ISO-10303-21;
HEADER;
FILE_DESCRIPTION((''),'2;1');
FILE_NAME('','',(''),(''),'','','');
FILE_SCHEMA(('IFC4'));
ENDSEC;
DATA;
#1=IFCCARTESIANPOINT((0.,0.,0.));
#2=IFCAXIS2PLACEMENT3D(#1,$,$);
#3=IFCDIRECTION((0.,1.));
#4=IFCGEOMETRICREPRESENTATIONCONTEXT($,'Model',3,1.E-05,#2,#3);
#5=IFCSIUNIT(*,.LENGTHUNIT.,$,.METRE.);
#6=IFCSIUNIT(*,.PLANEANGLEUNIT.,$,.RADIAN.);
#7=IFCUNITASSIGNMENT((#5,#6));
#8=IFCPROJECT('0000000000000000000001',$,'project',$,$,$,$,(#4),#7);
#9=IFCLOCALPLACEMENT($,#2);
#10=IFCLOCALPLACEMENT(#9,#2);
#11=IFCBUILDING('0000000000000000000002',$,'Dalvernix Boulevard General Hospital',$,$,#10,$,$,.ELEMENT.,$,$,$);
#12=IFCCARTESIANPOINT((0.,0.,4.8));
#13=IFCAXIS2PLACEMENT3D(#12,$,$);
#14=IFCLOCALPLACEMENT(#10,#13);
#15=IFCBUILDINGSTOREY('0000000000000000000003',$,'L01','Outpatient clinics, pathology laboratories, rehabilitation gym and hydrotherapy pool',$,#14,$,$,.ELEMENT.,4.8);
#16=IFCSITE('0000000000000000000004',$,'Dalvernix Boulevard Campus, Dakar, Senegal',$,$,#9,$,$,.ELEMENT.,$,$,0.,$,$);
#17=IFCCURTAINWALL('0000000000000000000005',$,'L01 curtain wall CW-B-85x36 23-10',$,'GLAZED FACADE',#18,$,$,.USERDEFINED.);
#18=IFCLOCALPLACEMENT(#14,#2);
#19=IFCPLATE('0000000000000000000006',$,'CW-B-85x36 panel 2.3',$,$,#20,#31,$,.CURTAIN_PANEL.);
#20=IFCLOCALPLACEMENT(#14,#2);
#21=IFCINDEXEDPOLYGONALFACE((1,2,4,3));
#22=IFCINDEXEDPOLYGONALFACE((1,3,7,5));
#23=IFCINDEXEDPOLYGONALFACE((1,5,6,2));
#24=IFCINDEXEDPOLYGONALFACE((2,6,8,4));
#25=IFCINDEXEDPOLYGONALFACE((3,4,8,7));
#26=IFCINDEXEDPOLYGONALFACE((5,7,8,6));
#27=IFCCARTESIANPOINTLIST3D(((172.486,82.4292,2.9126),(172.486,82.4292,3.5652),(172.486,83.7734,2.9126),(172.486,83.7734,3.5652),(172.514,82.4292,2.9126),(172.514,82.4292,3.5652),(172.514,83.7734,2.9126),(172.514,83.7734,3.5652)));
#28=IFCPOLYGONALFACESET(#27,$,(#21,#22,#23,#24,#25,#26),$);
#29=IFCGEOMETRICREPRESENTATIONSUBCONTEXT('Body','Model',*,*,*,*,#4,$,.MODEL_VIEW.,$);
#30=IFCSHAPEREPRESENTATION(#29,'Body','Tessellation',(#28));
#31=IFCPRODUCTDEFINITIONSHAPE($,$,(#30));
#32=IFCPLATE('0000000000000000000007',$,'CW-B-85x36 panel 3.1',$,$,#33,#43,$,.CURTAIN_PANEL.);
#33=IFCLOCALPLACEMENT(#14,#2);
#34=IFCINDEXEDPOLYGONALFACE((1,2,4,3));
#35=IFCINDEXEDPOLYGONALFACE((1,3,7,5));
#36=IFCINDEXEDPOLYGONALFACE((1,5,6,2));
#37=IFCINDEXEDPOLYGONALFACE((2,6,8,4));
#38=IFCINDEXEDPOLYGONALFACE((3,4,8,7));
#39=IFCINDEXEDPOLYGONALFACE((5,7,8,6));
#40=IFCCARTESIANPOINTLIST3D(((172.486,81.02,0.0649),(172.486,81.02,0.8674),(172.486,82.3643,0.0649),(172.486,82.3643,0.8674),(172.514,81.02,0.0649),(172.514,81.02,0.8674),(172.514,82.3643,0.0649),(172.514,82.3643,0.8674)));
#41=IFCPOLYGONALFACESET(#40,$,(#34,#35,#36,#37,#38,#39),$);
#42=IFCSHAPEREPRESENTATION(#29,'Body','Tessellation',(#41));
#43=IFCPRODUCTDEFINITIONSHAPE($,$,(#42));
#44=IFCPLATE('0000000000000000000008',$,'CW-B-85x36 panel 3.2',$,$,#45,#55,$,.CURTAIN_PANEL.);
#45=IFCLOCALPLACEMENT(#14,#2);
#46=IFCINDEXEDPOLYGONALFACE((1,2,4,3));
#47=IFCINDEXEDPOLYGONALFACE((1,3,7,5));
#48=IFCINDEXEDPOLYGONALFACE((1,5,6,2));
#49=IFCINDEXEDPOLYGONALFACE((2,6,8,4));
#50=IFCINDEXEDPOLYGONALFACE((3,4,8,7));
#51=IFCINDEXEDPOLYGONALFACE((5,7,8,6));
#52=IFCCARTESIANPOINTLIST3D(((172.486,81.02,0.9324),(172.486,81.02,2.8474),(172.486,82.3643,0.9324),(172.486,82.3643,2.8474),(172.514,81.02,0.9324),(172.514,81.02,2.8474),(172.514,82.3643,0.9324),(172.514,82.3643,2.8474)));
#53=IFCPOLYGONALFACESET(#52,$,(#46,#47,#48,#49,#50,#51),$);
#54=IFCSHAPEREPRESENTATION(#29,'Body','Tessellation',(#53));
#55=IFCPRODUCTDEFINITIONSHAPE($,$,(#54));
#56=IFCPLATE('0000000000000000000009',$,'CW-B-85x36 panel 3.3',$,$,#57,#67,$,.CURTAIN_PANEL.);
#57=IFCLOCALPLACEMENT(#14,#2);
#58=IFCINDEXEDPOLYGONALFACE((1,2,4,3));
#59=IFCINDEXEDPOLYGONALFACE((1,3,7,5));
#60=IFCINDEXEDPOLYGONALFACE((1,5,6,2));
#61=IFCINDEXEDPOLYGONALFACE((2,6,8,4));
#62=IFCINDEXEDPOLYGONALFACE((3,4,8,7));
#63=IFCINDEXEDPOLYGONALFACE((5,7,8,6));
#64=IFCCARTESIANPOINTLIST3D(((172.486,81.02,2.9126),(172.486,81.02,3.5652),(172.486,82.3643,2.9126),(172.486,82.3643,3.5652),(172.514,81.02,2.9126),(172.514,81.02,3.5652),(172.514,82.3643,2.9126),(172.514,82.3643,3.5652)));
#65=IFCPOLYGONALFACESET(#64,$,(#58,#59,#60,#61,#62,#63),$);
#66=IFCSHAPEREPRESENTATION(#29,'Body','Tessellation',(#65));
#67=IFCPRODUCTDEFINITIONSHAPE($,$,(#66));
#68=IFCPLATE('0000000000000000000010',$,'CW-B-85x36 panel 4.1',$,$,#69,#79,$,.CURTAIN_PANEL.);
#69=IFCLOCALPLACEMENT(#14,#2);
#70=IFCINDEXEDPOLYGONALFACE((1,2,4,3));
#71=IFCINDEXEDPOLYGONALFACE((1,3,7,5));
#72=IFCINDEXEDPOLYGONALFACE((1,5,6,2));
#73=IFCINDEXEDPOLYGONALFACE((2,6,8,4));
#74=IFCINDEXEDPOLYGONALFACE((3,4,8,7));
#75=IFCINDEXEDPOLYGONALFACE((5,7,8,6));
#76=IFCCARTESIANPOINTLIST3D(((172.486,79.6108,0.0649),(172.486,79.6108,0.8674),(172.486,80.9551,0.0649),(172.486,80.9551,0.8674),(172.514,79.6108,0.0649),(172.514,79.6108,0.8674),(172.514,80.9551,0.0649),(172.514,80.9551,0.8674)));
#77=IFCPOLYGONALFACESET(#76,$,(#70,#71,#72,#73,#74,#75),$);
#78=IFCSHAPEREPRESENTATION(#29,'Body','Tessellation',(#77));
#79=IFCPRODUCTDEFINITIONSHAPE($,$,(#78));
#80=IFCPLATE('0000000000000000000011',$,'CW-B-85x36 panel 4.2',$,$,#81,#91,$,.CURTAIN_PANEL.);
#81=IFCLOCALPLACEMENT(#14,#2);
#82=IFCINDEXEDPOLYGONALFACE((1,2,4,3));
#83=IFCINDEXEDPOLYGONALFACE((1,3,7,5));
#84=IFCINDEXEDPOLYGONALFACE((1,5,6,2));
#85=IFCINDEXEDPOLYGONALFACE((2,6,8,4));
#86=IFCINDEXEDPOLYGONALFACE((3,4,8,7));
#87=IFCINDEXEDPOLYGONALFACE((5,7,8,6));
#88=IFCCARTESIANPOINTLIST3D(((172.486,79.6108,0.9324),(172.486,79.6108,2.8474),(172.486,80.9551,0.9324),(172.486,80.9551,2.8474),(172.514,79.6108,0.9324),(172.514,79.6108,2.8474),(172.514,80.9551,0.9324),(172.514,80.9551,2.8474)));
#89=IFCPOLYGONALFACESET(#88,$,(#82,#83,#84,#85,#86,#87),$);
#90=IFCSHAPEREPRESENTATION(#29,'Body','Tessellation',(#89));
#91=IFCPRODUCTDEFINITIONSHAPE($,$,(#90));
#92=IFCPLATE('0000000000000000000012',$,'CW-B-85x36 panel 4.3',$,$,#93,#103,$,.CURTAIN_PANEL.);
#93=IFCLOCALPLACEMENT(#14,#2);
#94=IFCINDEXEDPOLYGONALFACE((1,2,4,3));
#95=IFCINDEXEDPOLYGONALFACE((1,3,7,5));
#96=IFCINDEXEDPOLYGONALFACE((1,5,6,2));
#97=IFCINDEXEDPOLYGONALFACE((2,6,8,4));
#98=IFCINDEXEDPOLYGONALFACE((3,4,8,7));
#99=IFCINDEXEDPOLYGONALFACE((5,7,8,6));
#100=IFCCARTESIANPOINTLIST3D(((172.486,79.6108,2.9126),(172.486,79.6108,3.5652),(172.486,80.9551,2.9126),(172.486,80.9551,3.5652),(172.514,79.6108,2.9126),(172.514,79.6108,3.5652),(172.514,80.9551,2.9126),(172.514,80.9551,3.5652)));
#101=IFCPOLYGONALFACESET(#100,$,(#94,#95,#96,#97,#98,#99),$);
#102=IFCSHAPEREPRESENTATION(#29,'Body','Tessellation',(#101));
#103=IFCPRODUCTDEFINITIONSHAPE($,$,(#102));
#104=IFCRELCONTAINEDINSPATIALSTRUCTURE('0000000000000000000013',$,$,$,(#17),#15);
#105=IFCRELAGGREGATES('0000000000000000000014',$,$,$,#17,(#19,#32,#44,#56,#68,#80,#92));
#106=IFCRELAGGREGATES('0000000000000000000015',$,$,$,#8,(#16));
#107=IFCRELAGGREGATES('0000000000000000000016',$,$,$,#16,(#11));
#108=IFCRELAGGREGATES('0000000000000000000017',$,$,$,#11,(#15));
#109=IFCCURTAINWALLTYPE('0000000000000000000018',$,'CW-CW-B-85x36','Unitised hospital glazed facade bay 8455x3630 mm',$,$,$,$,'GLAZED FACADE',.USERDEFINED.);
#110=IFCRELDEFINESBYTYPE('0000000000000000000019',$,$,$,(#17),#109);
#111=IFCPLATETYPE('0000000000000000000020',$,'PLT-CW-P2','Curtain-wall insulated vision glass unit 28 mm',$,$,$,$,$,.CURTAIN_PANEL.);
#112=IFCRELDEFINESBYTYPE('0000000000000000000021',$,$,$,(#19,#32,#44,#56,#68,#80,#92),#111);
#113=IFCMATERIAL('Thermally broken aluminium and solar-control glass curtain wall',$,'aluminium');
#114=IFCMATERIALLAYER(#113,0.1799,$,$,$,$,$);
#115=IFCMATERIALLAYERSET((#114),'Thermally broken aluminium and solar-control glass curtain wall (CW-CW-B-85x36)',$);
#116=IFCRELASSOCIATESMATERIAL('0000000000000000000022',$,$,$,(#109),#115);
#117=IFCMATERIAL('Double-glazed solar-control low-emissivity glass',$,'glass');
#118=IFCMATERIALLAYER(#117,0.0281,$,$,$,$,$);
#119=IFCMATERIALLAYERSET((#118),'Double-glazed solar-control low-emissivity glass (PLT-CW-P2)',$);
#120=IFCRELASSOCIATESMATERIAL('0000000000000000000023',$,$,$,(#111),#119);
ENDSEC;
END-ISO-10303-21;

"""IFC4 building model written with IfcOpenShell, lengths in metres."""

from ifc_helpers import new_model, si_unit, direction, frame, origin, origin_2d, place, context, subcontext, project, spatial, rectangle, extrude, material, layer, layer_set, type_object, element, aggregate, save


model = new_model("IFC4")

# Units and contexts
model_context = context("Model", 3, precision=1e-05, world=origin(), true_north=direction((0.0, 1.0)))
body_context = subcontext(model_context, "Body", "Model", "MODEL_VIEW")
ifc_project = project(units=[si_unit("LENGTHUNIT", "METRE"), si_unit("PLANEANGLEUNIT", "RADIAN")], contexts=[model_context])

# Site, building, storey
site_placement = place(None, origin())
site = spatial("IfcSite", under=ifc_project, at=site_placement, Name="Dalvernix Boulevard Campus, Dakar, Senegal", CompositionType="ELEMENT", RefElevation=0.0)
building_placement = place(site_placement, origin())
building = spatial("IfcBuilding", under=site, at=building_placement, Name="Dalvernix Boulevard General Hospital", CompositionType="ELEMENT")
storey_placement = place(building_placement, frame((0.0, 0.0, 4.8)))
storey = spatial("IfcBuildingStorey", under=building, at=storey_placement, Name="L01", Description="Outpatient clinics, pathology laboratories, rehabilitation gym and hydrotherapy pool", CompositionType="ELEMENT", Elevation=4.8)

# Curtain wall, plates
ifc_material_1 = material(Name="Thermally broken aluminium and solar-control glass curtain wall", Category="aluminium")
ifc_layer_1 = layer(ifc_material_1, 0.1799)
ifc_layer_set_1 = layer_set([ifc_layer_1], Name="Thermally broken aluminium and solar-control glass curtain wall (CW-CW-B-85x36)")
curtain_wall_type = type_object("IfcCurtainWallType", Name="CW-CW-B-85x36", Description="Unitised hospital glazed facade bay 8455x3630 mm", ElementType="GLAZED FACADE", PredefinedType="USERDEFINED", material=ifc_layer_set_1)
curtain_wall_placement = place(storey_placement, origin())
curtain_wall = element("IfcCurtainWall", 1, at=curtain_wall_placement, inside=storey, type_object=curtain_wall_type, Name="L01 curtain wall CW-B-85x36 23-10", ObjectType="GLAZED FACADE", PredefinedType="USERDEFINED")
ifc_material_2 = material(Name="Double-glazed solar-control low-emissivity glass", Category="glass")
ifc_layer_2 = layer(ifc_material_2, 0.0281)
ifc_layer_set_2 = layer_set([ifc_layer_2], Name="Double-glazed solar-control low-emissivity glass (PLT-CW-P2)")
plate_type = type_object("IfcPlateType", Name="PLT-CW-P2", Description="Curtain-wall insulated vision glass unit 28 mm", PredefinedType="CURTAIN_PANEL", material=ifc_layer_set_2)
plate_1_placement = place(storey_placement, frame((172.5, 83.1013, 2.9126), z_axis=(0.0, 0.0, 1.0), x_axis=(0.0, -1.0, 0.0)))
plate_1 = element("IfcPlate", 2, at=plate_1_placement, type_object=plate_type, Name="CW-B-85x36 panel 2.3", PredefinedType="CURTAIN_PANEL", context=body_context, shape_type="SweptSolid", body=[
    extrude(rectangle(XDim=1.3442, YDim=0.0281, at=origin_2d()), origin(), (0.0, 0.0, 1.0), 0.6526),
])
plate_2_placement = place(storey_placement, frame((172.5, 81.6921, 0.0649), z_axis=(0.0, 0.0, 1.0), x_axis=(0.0, -1.0, 0.0)))
plate_2 = element("IfcPlate", 3, at=plate_2_placement, type_object=plate_type, Name="CW-B-85x36 panel 3.1", PredefinedType="CURTAIN_PANEL", context=body_context, shape_type="SweptSolid", body=[
    extrude(rectangle(XDim=1.3442, YDim=0.0281, at=origin_2d()), origin(), (0.0, 0.0, 1.0), 0.8025),
])
plate_3_placement = place(storey_placement, frame((172.5, 81.6921, 0.9324), z_axis=(0.0, 0.0, 1.0), x_axis=(0.0, -1.0, 0.0)))
plate_3 = element("IfcPlate", 4, at=plate_3_placement, type_object=plate_type, Name="CW-B-85x36 panel 3.2", PredefinedType="CURTAIN_PANEL", context=body_context, shape_type="SweptSolid", body=[
    extrude(rectangle(XDim=1.3442, YDim=0.0281, at=origin_2d()), origin(), (0.0, 0.0, 1.0), 1.915),
])
plate_4_placement = place(storey_placement, frame((172.5, 81.6921, 2.9126), z_axis=(0.0, 0.0, 1.0), x_axis=(0.0, -1.0, 0.0)))
plate_4 = element("IfcPlate", 5, at=plate_4_placement, type_object=plate_type, Name="CW-B-85x36 panel 3.3", PredefinedType="CURTAIN_PANEL", context=body_context, shape_type="SweptSolid", body=[
    extrude(rectangle(XDim=1.3442, YDim=0.0281, at=origin_2d()), origin(), (0.0, 0.0, 1.0), 0.6526),
])
plate_5_placement = place(storey_placement, frame((172.5, 80.283, 0.0649), z_axis=(0.0, 0.0, 1.0), x_axis=(0.0, -1.0, 0.0)))
plate_5 = element("IfcPlate", 6, at=plate_5_placement, type_object=plate_type, Name="CW-B-85x36 panel 4.1", PredefinedType="CURTAIN_PANEL", context=body_context, shape_type="SweptSolid", body=[
    extrude(rectangle(XDim=1.3442, YDim=0.0281, at=origin_2d()), origin(), (0.0, 0.0, 1.0), 0.8025),
])
plate_6_placement = place(storey_placement, frame((172.5, 80.283, 0.9324), z_axis=(0.0, 0.0, 1.0), x_axis=(0.0, -1.0, 0.0)))
plate_6 = element("IfcPlate", 7, at=plate_6_placement, type_object=plate_type, Name="CW-B-85x36 panel 4.2", PredefinedType="CURTAIN_PANEL", context=body_context, shape_type="SweptSolid", body=[
    extrude(rectangle(XDim=1.3442, YDim=0.0281, at=origin_2d()), origin(), (0.0, 0.0, 1.0), 1.915),
])
plate_7_placement = place(storey_placement, frame((172.5, 80.283, 2.9126), z_axis=(0.0, 0.0, 1.0), x_axis=(0.0, -1.0, 0.0)))
plate_7 = element("IfcPlate", 8, at=plate_7_placement, type_object=plate_type, Name="CW-B-85x36 panel 4.3", PredefinedType="CURTAIN_PANEL", context=body_context, shape_type="SweptSolid", body=[
    extrude(rectangle(XDim=1.3442, YDim=0.0281, at=origin_2d()), origin(), (0.0, 0.0, 1.0), 0.6526),
])
aggregate(curtain_wall, [plate_1, plate_2, plate_3, plate_4, plate_5, plate_6, plate_7])

save(model, "model.ifc")
